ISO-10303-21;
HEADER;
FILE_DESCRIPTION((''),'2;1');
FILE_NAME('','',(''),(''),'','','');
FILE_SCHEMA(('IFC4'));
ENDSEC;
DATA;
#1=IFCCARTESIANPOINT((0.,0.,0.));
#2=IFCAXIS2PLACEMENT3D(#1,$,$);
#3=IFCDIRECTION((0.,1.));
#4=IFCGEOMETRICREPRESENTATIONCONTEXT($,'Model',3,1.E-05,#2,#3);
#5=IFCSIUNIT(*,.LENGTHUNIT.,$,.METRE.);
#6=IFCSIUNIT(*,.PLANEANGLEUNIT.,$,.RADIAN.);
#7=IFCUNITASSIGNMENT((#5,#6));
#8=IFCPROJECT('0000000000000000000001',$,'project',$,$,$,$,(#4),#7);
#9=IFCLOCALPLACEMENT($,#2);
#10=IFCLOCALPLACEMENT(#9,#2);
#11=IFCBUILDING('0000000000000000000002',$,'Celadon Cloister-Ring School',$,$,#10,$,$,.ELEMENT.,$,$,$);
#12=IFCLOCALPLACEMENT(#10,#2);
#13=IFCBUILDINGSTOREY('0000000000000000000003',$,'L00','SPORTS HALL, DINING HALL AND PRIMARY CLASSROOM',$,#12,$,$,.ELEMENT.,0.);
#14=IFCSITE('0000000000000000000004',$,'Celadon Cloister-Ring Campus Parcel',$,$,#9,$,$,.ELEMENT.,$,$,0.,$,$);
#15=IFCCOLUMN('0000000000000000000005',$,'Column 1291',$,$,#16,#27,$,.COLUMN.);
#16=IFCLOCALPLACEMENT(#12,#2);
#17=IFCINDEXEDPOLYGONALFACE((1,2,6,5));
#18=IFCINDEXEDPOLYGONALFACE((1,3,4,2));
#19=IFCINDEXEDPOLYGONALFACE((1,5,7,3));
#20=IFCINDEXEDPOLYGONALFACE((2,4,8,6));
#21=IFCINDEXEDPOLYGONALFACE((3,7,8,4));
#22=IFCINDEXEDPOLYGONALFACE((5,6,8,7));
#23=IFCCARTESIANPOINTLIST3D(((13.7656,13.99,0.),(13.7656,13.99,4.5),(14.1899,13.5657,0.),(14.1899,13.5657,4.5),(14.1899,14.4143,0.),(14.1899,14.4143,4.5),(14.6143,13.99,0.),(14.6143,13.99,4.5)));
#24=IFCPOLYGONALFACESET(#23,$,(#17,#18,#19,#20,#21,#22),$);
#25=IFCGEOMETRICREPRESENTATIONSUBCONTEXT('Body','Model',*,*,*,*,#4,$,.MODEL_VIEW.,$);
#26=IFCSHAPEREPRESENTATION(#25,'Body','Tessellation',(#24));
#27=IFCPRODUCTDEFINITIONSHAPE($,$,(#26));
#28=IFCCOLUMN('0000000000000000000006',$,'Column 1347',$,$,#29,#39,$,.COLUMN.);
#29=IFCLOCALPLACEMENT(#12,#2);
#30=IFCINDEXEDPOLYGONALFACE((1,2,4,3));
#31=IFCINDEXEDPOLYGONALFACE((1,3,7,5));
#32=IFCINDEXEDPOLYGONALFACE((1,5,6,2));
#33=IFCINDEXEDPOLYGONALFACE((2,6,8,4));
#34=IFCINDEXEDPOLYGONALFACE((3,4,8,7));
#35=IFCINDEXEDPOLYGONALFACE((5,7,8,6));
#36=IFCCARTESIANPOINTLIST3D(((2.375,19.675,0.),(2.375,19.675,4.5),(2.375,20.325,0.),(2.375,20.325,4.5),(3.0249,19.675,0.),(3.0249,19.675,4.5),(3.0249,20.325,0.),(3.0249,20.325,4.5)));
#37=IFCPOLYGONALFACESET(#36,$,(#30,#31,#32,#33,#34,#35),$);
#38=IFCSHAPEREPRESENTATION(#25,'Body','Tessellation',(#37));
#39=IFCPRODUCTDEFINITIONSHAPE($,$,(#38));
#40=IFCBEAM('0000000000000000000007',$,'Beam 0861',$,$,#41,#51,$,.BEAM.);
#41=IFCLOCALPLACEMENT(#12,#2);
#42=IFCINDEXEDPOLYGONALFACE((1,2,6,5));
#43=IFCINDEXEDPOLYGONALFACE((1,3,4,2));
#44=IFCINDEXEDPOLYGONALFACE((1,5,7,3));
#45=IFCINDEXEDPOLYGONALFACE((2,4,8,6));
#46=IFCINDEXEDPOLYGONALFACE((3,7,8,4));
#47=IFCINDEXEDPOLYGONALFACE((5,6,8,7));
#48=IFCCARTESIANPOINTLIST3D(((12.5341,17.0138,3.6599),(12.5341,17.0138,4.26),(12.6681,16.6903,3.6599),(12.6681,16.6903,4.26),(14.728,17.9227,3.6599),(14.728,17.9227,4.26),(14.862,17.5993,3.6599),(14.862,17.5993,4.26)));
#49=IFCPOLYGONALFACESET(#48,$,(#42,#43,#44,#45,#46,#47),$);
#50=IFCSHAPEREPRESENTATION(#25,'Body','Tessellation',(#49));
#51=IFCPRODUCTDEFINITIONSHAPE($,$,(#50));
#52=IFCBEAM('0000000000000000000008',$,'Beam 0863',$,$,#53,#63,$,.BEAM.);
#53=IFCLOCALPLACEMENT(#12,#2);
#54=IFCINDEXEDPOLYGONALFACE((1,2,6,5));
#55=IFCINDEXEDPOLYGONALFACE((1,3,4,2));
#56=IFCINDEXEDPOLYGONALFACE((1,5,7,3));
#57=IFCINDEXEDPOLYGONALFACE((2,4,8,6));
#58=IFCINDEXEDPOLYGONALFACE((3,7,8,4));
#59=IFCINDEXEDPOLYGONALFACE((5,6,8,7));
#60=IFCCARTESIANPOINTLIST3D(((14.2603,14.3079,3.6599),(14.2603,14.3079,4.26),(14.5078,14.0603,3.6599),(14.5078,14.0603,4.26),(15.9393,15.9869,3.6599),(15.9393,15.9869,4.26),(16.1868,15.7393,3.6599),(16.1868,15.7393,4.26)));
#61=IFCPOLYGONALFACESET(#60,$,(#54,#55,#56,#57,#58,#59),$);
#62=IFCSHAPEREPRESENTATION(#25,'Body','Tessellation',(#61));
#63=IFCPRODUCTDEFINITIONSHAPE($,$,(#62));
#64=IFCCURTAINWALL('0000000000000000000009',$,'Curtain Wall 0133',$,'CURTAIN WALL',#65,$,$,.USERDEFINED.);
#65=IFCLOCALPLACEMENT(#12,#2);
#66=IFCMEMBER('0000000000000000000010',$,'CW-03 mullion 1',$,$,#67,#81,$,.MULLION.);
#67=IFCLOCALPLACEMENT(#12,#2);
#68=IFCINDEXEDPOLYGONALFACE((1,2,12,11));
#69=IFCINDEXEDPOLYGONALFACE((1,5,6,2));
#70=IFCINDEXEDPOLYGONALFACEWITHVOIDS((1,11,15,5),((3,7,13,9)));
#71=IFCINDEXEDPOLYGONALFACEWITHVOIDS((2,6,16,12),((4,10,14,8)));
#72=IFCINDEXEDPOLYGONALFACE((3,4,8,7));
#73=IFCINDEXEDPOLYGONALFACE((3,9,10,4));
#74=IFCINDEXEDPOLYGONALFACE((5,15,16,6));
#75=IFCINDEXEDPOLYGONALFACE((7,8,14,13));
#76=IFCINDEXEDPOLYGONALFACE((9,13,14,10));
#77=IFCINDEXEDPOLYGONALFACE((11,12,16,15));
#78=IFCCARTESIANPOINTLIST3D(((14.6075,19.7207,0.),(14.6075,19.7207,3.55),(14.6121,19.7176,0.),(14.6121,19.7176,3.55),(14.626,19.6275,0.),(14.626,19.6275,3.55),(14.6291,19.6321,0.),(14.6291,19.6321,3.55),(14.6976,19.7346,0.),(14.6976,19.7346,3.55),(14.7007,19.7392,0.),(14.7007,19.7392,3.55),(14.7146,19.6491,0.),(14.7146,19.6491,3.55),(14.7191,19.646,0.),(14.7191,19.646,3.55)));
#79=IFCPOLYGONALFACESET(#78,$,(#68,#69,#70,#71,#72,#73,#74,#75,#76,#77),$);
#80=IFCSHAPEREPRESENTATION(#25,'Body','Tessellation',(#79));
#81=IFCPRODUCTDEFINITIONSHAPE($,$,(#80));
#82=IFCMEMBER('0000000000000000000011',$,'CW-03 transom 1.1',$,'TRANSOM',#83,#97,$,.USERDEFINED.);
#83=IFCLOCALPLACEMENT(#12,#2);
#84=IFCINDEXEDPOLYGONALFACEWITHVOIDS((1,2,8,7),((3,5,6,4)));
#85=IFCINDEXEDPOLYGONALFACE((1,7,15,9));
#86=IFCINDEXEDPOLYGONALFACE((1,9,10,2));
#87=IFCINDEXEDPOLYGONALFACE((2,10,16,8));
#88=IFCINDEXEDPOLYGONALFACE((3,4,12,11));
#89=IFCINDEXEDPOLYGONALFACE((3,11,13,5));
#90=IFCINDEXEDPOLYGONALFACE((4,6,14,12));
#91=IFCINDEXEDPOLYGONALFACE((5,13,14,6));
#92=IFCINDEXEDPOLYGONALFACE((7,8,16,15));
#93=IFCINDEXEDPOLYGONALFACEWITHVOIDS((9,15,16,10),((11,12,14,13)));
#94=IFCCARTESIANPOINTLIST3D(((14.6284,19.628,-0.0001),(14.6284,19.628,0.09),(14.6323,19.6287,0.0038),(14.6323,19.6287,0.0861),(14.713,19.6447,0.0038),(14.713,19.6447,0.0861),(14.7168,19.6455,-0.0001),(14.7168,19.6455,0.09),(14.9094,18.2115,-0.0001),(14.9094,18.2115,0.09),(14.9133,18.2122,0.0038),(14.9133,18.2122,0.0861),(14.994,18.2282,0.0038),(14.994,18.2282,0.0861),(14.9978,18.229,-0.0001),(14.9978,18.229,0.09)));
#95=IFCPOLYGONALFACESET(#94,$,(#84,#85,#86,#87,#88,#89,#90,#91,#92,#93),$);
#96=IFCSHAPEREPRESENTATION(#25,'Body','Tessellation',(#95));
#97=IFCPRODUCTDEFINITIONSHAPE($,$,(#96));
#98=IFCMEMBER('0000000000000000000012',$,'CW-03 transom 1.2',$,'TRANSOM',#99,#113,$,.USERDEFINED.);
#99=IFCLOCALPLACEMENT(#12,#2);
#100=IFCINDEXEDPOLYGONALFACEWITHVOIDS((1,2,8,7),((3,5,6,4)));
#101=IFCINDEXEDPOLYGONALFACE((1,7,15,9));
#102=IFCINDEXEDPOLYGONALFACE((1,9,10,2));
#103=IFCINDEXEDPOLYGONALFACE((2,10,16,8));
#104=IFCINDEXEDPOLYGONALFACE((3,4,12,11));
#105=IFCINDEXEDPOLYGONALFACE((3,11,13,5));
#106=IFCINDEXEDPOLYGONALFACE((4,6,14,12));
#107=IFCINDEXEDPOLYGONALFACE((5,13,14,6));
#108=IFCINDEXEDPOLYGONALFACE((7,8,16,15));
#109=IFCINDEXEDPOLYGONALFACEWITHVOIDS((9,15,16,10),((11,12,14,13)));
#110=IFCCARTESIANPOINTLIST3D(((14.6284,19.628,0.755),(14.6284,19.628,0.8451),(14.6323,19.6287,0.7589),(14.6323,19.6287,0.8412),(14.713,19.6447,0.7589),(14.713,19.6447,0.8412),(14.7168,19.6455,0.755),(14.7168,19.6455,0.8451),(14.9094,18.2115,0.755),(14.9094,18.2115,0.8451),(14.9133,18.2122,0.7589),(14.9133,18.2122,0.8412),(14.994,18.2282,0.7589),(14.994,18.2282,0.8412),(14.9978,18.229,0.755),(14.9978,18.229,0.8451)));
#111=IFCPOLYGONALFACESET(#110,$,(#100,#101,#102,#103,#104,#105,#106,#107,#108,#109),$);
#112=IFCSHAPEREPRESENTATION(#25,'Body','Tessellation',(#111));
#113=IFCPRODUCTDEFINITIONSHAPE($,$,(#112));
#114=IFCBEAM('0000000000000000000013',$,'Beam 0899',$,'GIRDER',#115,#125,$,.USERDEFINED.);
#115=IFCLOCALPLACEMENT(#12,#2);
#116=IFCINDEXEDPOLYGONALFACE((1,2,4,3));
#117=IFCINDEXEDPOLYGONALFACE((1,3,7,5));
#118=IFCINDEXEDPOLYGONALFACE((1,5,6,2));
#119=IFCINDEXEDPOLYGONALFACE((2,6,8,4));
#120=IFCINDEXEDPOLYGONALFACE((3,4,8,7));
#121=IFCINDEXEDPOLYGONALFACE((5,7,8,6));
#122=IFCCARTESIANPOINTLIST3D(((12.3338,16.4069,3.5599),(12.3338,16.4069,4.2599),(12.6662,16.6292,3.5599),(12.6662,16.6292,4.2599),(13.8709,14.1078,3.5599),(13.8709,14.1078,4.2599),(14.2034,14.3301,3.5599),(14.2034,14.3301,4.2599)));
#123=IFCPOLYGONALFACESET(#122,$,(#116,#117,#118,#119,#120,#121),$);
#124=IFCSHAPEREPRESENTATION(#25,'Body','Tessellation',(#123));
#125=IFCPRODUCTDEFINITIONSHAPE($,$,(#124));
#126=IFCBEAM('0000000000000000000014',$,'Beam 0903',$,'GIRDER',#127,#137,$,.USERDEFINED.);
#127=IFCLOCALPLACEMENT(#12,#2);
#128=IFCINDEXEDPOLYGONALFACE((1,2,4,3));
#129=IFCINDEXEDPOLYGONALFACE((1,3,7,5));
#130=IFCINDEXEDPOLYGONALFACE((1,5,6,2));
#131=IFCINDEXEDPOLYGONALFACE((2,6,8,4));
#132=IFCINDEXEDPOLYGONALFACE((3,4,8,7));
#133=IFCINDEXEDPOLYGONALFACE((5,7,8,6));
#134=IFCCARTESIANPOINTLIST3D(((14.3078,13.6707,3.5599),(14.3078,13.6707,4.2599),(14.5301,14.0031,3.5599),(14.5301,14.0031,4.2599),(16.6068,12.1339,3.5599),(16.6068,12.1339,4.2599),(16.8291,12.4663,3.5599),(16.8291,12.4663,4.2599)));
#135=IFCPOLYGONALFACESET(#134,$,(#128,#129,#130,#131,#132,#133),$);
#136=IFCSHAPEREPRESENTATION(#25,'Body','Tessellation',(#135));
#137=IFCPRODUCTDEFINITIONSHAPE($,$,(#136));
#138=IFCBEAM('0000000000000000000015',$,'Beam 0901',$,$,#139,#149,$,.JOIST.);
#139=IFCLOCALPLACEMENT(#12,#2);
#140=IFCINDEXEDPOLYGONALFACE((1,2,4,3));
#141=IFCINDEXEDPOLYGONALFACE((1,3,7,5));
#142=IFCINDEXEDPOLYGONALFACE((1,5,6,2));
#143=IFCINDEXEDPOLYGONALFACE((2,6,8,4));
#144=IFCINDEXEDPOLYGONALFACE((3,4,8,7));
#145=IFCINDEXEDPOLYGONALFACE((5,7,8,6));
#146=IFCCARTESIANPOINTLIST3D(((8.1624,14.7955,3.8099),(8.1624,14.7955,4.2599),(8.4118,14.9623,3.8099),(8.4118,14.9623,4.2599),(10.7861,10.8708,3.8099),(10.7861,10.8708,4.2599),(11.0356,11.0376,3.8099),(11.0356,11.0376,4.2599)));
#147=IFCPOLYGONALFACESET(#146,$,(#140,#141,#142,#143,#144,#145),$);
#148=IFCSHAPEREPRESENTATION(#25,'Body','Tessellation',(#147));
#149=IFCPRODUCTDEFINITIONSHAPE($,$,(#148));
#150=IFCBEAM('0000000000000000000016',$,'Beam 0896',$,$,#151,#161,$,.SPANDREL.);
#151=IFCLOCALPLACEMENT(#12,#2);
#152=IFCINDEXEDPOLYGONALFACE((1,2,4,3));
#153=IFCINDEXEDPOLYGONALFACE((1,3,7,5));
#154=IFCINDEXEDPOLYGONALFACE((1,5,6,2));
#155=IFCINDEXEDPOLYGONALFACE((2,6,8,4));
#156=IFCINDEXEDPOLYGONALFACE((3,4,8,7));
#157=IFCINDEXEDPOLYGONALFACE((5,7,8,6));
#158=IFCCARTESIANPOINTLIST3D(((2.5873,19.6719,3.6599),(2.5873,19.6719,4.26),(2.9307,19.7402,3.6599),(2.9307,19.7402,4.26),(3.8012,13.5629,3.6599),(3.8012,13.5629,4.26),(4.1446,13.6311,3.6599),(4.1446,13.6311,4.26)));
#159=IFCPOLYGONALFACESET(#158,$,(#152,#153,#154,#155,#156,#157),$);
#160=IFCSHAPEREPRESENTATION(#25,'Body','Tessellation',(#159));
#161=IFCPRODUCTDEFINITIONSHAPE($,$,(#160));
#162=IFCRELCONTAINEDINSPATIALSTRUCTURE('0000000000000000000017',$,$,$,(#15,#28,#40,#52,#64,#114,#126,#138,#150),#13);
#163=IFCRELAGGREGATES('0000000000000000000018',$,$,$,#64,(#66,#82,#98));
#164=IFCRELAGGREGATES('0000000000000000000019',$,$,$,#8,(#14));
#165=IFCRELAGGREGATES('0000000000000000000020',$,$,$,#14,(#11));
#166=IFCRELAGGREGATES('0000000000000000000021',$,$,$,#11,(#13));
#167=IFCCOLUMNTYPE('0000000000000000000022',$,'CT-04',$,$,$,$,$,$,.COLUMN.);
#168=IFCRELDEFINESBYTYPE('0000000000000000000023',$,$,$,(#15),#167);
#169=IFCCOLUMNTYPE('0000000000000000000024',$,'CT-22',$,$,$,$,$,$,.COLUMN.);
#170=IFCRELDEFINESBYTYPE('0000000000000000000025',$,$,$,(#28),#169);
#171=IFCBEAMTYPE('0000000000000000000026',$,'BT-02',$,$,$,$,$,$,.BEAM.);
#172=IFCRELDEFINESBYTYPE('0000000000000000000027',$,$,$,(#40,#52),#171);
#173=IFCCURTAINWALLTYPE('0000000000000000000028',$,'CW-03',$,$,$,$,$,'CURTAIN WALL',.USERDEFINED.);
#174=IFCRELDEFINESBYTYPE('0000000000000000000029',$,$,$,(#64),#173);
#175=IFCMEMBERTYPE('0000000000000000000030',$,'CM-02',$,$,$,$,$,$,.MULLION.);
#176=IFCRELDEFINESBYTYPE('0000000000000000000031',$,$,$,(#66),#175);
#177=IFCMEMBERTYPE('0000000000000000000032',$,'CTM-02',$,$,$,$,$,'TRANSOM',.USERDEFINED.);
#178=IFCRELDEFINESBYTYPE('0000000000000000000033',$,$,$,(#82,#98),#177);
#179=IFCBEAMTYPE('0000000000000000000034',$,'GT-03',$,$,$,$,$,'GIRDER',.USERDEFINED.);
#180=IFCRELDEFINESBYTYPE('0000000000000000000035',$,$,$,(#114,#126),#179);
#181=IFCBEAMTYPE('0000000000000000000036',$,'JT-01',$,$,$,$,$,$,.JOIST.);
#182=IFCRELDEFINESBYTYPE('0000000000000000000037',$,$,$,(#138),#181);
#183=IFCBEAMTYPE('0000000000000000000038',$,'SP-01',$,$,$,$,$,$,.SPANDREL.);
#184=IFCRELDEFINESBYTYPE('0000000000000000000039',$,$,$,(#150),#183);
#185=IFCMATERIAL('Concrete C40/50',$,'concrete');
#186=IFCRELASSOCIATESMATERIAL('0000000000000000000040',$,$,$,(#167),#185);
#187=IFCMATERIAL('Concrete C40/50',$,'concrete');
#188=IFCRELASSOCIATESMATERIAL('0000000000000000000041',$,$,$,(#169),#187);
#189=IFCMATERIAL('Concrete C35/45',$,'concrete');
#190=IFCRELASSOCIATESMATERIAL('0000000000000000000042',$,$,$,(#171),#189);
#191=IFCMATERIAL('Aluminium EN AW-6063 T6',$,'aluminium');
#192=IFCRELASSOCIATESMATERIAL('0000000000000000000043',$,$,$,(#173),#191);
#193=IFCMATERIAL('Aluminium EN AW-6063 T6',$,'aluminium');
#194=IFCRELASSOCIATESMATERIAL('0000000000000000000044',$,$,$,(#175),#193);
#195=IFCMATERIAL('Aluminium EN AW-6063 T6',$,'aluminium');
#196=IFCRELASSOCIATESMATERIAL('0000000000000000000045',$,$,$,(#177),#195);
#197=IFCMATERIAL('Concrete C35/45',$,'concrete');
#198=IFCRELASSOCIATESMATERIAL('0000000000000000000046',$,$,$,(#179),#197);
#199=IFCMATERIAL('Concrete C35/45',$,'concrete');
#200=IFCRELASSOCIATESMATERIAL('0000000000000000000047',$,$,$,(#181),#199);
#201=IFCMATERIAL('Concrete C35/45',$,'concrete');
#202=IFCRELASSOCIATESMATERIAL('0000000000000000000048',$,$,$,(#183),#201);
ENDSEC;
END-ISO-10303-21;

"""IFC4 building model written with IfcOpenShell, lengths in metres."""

from ifc_helpers import new_model, si_unit, direction, frame, origin, origin_2d, place, context, subcontext, project, spatial, rectangle, hollow_rectangle, extrude, material, material_profile, profile_set, type_object, element, aggregate, save


model = new_model("IFC4")

# Units and contexts
model_context = context("Model", 3, precision=1e-05, world=origin(), true_north=direction((0.0, 1.0)))
body_context = subcontext(model_context, "Body", "Model", "MODEL_VIEW")
ifc_project = project(units=[si_unit("LENGTHUNIT", "METRE"), si_unit("PLANEANGLEUNIT", "RADIAN")], contexts=[model_context])

# Site, building, storey
site_placement = place(None, origin())
site = spatial("IfcSite", under=ifc_project, at=site_placement, Name="Celadon Cloister-Ring Campus Parcel", CompositionType="ELEMENT", RefElevation=0.0)
building_placement = place(site_placement, origin())
building = spatial("IfcBuilding", under=site, at=building_placement, Name="Celadon Cloister-Ring School", CompositionType="ELEMENT")
storey_placement = place(building_placement, origin())
storey = spatial("IfcBuildingStorey", under=building, at=storey_placement, Name="L00", Description="SPORTS HALL, DINING HALL AND PRIMARY CLASSROOM", CompositionType="ELEMENT", Elevation=0.0)

# Columns
ifc_material_1 = material(Name="Concrete C40/50", Category="concrete")
ifc_material_profile_1 = material_profile(ifc_material_1, rectangle(XDim=0.6001, YDim=0.6001, at=origin_2d()), Name="RC600X600")
ifc_profile_set_1 = profile_set([ifc_material_profile_1], Name="Concrete C40/50")
column_type_1 = type_object("IfcColumnType", Name="CT-04", PredefinedType="COLUMN", material=ifc_profile_set_1)
for number, where, z_axis, x_axis, name in (
    (1, (14.1899, 13.99, 0.0), (0.0, 0.0, 1.0), (-0.707107, -0.707107, 0.0), "Column 1291"),
):
    element("IfcColumn", number, at=place(storey_placement, frame(where, z_axis=z_axis, x_axis=x_axis)), inside=storey, type_object=column_type_1, Name=name, PredefinedType="COLUMN", context=body_context, shape_type="SweptSolid", body=[
        extrude(rectangle(XDim=0.6001, YDim=0.6001, at=origin_2d()), origin(), (0.0, 0.0, 1.0), 4.5),
    ])
ifc_material_2 = material(Name="Concrete C40/50", Category="concrete")
ifc_material_profile_2 = material_profile(ifc_material_2, rectangle(XDim=0.6499, YDim=0.6499, at=origin_2d()), Name="RC650X650")
ifc_profile_set_2 = profile_set([ifc_material_profile_2], Name="Concrete C40/50")
column_type_2 = type_object("IfcColumnType", Name="CT-22", PredefinedType="COLUMN", material=ifc_profile_set_2)
column_placement = place(storey_placement, frame((2.7, 20.0, 0.0), z_axis=(0.0, 0.0, 1.0), x_axis=(-1.0, 0.0, 0.0)))
element("IfcColumn", 2, at=column_placement, inside=storey, type_object=column_type_2, Name="Column 1347", PredefinedType="COLUMN", context=body_context, shape_type="SweptSolid", body=[
    extrude(rectangle(XDim=0.6499, YDim=0.6499, at=origin_2d()), origin(), (0.0, 0.0, 1.0), 4.5),
])

# Beams
ifc_material_3 = material(Name="Concrete C35/45", Category="concrete")
ifc_material_profile_3 = material_profile(ifc_material_3, rectangle(XDim=0.3501, YDim=0.6001, at=origin_2d()), Name="RC350X600")
ifc_profile_set_3 = profile_set([ifc_material_profile_3], Name="Concrete C35/45")
beam_type_1 = type_object("IfcBeamType", Name="BT-02", PredefinedType="BEAM", material=ifc_profile_set_3)
beam_1_placement = place(storey_placement, frame((12.6011, 16.8521, 3.96), z_axis=(0.923848, 0.38276, 0.0), x_axis=(-0.38276, 0.923848, 0.0)))
element("IfcBeam", 3, at=beam_1_placement, inside=storey, type_object=beam_type_1, Name="Beam 0861", PredefinedType="BEAM", context=body_context, shape_type="SweptSolid", body=[
    extrude(rectangle(XDim=0.3501, YDim=0.6001, at=origin_2d()), origin(), (0.0, 0.0, 1.0), 2.3748),
])
beam_2_placement = place(storey_placement, frame((14.384, 14.1841, 3.96), z_axis=(0.707107, 0.707107, 0.0), x_axis=(-0.707107, 0.707107, 0.0)))
element("IfcBeam", 4, at=beam_2_placement, inside=storey, type_object=beam_type_1, Name="Beam 0863", PredefinedType="BEAM", context=body_context, shape_type="SweptSolid", body=[
    extrude(rectangle(XDim=0.3501, YDim=0.6001, at=origin_2d()), origin(), (0.0, 0.0, 1.0), 2.3745),
])

# Curtain wall, members
ifc_material_4 = material(Name="Aluminium EN AW-6063 T6", Category="aluminium")
curtain_wall_type = type_object("IfcCurtainWallType", Name="CW-03", ElementType="CURTAIN WALL", PredefinedType="USERDEFINED", material=ifc_material_4)
curtain_wall_placement = place(storey_placement, origin())
curtain_wall = element("IfcCurtainWall", 5, at=curtain_wall_placement, inside=storey, type_object=curtain_wall_type, Name="Curtain Wall 0133", ObjectType="CURTAIN WALL", PredefinedType="USERDEFINED")
ifc_material_5 = material(Name="Aluminium EN AW-6063 T6", Category="aluminium")
ifc_material_profile_4 = material_profile(ifc_material_5, hollow_rectangle(XDim=0.095, YDim=0.095, WallThickness=0.0039, at=origin_2d()), Name="RHS95X95X4")
ifc_profile_set_4 = profile_set([ifc_material_profile_4], Name="Aluminium EN AW-6063 T6")
member_type_1 = type_object("IfcMemberType", Name="CM-02", PredefinedType="MULLION", material=ifc_profile_set_4)
member_1_placement = place(storey_placement, frame((14.6633, 19.6833, 0.0), z_axis=(0.0, 0.0, 1.0), x_axis=(0.980885, 0.194586, 0.0)))
member_1 = element("IfcMember", 6, at=member_1_placement, type_object=member_type_1, Name="CW-03 mullion 1", PredefinedType="MULLION", context=body_context, shape_type="SweptSolid", body=[
    extrude(hollow_rectangle(XDim=0.095, YDim=0.095, WallThickness=0.0039, at=origin_2d()), origin(), (0.0, 0.0, 1.0), 3.55),
])
ifc_material_6 = material(Name="Aluminium EN AW-6063 T6", Category="aluminium")
ifc_material_profile_5 = material_profile(ifc_material_6, hollow_rectangle(XDim=0.0901, YDim=0.0901, WallThickness=0.0039, at=origin_2d()), Name="RHS90X90X4")
ifc_profile_set_5 = profile_set([ifc_material_profile_5], Name="Aluminium EN AW-6063 T6")
member_type_2 = type_object("IfcMemberType", Name="CTM-02", ElementType="TRANSOM", PredefinedType="USERDEFINED", material=ifc_profile_set_5)
member_2_placement = place(storey_placement, frame((14.6726, 19.6367, 0.0449), z_axis=(0.194588, -0.980885, 0.0), x_axis=(0.980885, 0.194588, 0.0)))
member_2 = element("IfcMember", 7, at=member_2_placement, type_object=member_type_2, Name="CW-03 transom 1.1", ObjectType="TRANSOM", PredefinedType="USERDEFINED", context=body_context, shape_type="SweptSolid", body=[
    extrude(hollow_rectangle(XDim=0.0901, YDim=0.0901, WallThickness=0.0039, at=origin_2d()), origin(), (0.0, 0.0, 1.0), 1.4441),
])
member_3_placement = place(storey_placement, frame((14.6726, 19.6367, 0.8), z_axis=(0.194588, -0.980885, 0.0), x_axis=(0.980885, 0.194588, 0.0)))
member_3 = element("IfcMember", 8, at=member_3_placement, type_object=member_type_2, Name="CW-03 transom 1.2", ObjectType="TRANSOM", PredefinedType="USERDEFINED", context=body_context, shape_type="SweptSolid", body=[
    extrude(hollow_rectangle(XDim=0.0901, YDim=0.0901, WallThickness=0.0039, at=origin_2d()), origin(), (0.0, 0.0, 1.0), 1.4441),
])
aggregate(curtain_wall, [member_1, member_2, member_3])

# Beams
ifc_material_7 = material(Name="Concrete C35/45", Category="concrete")
ifc_material_profile_6 = material_profile(ifc_material_7, rectangle(XDim=0.3999, YDim=0.7, at=origin_2d()), Name="RC400X700")
ifc_profile_set_6 = profile_set([ifc_material_profile_6], Name="Concrete C35/45")
beam_type_2 = type_object("IfcBeamType", Name="GT-03", ElementType="GIRDER", PredefinedType="USERDEFINED", material=ifc_profile_set_6)
beam_3_placement = place(storey_placement, frame((12.5, 16.5181, 3.9099), z_axis=(0.5558, -0.831316, 0.0), x_axis=(0.831316, 0.5558, 0.0)))
element("IfcBeam", 9, at=beam_3_placement, inside=storey, type_object=beam_type_2, Name="Beam 0899", ObjectType="GIRDER", PredefinedType="USERDEFINED", context=body_context, shape_type="SweptSolid", body=[
    extrude(rectangle(XDim=0.3999, YDim=0.7, at=origin_2d()), origin(), (0.0, 0.0, 1.0), 2.7656),
])
beam_4_placement = place(storey_placement, frame((14.4189, 13.8369, 3.9099), z_axis=(0.831357, -0.555739, 0.0), x_axis=(0.555739, 0.831357, 0.0)))
element("IfcBeam", 10, at=beam_4_placement, inside=storey, type_object=beam_type_2, Name="Beam 0903", ObjectType="GIRDER", PredefinedType="USERDEFINED", context=body_context, shape_type="SweptSolid", body=[
    extrude(rectangle(XDim=0.3999, YDim=0.7, at=origin_2d()), origin(), (0.0, 0.0, 1.0), 2.7654),
])
ifc_material_8 = material(Name="Concrete C35/45", Category="concrete")
ifc_material_profile_7 = material_profile(ifc_material_8, rectangle(XDim=0.3, YDim=0.45, at=origin_2d()), Name="RC300X450")
ifc_profile_set_7 = profile_set([ifc_material_profile_7], Name="Concrete C35/45")
beam_type_3 = type_object("IfcBeamType", Name="JT-01", PredefinedType="JOIST", material=ifc_profile_set_7)
beam_5_placement = place(storey_placement, frame((8.2871, 14.8789, 4.0349), z_axis=(0.555762, -0.831342, 0.0), x_axis=(0.831342, 0.555762, 0.0)))
element("IfcBeam", 11, at=beam_5_placement, inside=storey, type_object=beam_type_3, Name="Beam 0901", PredefinedType="JOIST", context=body_context, shape_type="SweptSolid", body=[
    extrude(rectangle(XDim=0.3, YDim=0.45, at=origin_2d()), origin(), (0.0, 0.0, 1.0), 4.7209),
])
ifc_material_9 = material(Name="Concrete C35/45", Category="concrete")
ifc_material_profile_8 = material_profile(ifc_material_9, rectangle(XDim=0.3501, YDim=0.6001, at=origin_2d()), Name="RC350X600")
ifc_profile_set_8 = profile_set([ifc_material_profile_8], Name="Concrete C35/45")
beam_type_4 = type_object("IfcBeamType", Name="SP-01", PredefinedType="SPANDREL", material=ifc_profile_set_8)
beam_6_placement = place(storey_placement, frame((2.759, 19.7061, 3.96), z_axis=(0.194887, -0.980826, 0.0), x_axis=(0.980826, 0.194887, 0.0)))
element("IfcBeam", 12, at=beam_6_placement, inside=storey, type_object=beam_type_4, Name="Beam 0896", PredefinedType="SPANDREL", context=body_context, shape_type="SweptSolid", body=[
    extrude(rectangle(XDim=0.3501, YDim=0.6001, at=origin_2d()), origin(), (0.0, 0.0, 1.0), 6.2285),
])

save(model, "model.ifc")
